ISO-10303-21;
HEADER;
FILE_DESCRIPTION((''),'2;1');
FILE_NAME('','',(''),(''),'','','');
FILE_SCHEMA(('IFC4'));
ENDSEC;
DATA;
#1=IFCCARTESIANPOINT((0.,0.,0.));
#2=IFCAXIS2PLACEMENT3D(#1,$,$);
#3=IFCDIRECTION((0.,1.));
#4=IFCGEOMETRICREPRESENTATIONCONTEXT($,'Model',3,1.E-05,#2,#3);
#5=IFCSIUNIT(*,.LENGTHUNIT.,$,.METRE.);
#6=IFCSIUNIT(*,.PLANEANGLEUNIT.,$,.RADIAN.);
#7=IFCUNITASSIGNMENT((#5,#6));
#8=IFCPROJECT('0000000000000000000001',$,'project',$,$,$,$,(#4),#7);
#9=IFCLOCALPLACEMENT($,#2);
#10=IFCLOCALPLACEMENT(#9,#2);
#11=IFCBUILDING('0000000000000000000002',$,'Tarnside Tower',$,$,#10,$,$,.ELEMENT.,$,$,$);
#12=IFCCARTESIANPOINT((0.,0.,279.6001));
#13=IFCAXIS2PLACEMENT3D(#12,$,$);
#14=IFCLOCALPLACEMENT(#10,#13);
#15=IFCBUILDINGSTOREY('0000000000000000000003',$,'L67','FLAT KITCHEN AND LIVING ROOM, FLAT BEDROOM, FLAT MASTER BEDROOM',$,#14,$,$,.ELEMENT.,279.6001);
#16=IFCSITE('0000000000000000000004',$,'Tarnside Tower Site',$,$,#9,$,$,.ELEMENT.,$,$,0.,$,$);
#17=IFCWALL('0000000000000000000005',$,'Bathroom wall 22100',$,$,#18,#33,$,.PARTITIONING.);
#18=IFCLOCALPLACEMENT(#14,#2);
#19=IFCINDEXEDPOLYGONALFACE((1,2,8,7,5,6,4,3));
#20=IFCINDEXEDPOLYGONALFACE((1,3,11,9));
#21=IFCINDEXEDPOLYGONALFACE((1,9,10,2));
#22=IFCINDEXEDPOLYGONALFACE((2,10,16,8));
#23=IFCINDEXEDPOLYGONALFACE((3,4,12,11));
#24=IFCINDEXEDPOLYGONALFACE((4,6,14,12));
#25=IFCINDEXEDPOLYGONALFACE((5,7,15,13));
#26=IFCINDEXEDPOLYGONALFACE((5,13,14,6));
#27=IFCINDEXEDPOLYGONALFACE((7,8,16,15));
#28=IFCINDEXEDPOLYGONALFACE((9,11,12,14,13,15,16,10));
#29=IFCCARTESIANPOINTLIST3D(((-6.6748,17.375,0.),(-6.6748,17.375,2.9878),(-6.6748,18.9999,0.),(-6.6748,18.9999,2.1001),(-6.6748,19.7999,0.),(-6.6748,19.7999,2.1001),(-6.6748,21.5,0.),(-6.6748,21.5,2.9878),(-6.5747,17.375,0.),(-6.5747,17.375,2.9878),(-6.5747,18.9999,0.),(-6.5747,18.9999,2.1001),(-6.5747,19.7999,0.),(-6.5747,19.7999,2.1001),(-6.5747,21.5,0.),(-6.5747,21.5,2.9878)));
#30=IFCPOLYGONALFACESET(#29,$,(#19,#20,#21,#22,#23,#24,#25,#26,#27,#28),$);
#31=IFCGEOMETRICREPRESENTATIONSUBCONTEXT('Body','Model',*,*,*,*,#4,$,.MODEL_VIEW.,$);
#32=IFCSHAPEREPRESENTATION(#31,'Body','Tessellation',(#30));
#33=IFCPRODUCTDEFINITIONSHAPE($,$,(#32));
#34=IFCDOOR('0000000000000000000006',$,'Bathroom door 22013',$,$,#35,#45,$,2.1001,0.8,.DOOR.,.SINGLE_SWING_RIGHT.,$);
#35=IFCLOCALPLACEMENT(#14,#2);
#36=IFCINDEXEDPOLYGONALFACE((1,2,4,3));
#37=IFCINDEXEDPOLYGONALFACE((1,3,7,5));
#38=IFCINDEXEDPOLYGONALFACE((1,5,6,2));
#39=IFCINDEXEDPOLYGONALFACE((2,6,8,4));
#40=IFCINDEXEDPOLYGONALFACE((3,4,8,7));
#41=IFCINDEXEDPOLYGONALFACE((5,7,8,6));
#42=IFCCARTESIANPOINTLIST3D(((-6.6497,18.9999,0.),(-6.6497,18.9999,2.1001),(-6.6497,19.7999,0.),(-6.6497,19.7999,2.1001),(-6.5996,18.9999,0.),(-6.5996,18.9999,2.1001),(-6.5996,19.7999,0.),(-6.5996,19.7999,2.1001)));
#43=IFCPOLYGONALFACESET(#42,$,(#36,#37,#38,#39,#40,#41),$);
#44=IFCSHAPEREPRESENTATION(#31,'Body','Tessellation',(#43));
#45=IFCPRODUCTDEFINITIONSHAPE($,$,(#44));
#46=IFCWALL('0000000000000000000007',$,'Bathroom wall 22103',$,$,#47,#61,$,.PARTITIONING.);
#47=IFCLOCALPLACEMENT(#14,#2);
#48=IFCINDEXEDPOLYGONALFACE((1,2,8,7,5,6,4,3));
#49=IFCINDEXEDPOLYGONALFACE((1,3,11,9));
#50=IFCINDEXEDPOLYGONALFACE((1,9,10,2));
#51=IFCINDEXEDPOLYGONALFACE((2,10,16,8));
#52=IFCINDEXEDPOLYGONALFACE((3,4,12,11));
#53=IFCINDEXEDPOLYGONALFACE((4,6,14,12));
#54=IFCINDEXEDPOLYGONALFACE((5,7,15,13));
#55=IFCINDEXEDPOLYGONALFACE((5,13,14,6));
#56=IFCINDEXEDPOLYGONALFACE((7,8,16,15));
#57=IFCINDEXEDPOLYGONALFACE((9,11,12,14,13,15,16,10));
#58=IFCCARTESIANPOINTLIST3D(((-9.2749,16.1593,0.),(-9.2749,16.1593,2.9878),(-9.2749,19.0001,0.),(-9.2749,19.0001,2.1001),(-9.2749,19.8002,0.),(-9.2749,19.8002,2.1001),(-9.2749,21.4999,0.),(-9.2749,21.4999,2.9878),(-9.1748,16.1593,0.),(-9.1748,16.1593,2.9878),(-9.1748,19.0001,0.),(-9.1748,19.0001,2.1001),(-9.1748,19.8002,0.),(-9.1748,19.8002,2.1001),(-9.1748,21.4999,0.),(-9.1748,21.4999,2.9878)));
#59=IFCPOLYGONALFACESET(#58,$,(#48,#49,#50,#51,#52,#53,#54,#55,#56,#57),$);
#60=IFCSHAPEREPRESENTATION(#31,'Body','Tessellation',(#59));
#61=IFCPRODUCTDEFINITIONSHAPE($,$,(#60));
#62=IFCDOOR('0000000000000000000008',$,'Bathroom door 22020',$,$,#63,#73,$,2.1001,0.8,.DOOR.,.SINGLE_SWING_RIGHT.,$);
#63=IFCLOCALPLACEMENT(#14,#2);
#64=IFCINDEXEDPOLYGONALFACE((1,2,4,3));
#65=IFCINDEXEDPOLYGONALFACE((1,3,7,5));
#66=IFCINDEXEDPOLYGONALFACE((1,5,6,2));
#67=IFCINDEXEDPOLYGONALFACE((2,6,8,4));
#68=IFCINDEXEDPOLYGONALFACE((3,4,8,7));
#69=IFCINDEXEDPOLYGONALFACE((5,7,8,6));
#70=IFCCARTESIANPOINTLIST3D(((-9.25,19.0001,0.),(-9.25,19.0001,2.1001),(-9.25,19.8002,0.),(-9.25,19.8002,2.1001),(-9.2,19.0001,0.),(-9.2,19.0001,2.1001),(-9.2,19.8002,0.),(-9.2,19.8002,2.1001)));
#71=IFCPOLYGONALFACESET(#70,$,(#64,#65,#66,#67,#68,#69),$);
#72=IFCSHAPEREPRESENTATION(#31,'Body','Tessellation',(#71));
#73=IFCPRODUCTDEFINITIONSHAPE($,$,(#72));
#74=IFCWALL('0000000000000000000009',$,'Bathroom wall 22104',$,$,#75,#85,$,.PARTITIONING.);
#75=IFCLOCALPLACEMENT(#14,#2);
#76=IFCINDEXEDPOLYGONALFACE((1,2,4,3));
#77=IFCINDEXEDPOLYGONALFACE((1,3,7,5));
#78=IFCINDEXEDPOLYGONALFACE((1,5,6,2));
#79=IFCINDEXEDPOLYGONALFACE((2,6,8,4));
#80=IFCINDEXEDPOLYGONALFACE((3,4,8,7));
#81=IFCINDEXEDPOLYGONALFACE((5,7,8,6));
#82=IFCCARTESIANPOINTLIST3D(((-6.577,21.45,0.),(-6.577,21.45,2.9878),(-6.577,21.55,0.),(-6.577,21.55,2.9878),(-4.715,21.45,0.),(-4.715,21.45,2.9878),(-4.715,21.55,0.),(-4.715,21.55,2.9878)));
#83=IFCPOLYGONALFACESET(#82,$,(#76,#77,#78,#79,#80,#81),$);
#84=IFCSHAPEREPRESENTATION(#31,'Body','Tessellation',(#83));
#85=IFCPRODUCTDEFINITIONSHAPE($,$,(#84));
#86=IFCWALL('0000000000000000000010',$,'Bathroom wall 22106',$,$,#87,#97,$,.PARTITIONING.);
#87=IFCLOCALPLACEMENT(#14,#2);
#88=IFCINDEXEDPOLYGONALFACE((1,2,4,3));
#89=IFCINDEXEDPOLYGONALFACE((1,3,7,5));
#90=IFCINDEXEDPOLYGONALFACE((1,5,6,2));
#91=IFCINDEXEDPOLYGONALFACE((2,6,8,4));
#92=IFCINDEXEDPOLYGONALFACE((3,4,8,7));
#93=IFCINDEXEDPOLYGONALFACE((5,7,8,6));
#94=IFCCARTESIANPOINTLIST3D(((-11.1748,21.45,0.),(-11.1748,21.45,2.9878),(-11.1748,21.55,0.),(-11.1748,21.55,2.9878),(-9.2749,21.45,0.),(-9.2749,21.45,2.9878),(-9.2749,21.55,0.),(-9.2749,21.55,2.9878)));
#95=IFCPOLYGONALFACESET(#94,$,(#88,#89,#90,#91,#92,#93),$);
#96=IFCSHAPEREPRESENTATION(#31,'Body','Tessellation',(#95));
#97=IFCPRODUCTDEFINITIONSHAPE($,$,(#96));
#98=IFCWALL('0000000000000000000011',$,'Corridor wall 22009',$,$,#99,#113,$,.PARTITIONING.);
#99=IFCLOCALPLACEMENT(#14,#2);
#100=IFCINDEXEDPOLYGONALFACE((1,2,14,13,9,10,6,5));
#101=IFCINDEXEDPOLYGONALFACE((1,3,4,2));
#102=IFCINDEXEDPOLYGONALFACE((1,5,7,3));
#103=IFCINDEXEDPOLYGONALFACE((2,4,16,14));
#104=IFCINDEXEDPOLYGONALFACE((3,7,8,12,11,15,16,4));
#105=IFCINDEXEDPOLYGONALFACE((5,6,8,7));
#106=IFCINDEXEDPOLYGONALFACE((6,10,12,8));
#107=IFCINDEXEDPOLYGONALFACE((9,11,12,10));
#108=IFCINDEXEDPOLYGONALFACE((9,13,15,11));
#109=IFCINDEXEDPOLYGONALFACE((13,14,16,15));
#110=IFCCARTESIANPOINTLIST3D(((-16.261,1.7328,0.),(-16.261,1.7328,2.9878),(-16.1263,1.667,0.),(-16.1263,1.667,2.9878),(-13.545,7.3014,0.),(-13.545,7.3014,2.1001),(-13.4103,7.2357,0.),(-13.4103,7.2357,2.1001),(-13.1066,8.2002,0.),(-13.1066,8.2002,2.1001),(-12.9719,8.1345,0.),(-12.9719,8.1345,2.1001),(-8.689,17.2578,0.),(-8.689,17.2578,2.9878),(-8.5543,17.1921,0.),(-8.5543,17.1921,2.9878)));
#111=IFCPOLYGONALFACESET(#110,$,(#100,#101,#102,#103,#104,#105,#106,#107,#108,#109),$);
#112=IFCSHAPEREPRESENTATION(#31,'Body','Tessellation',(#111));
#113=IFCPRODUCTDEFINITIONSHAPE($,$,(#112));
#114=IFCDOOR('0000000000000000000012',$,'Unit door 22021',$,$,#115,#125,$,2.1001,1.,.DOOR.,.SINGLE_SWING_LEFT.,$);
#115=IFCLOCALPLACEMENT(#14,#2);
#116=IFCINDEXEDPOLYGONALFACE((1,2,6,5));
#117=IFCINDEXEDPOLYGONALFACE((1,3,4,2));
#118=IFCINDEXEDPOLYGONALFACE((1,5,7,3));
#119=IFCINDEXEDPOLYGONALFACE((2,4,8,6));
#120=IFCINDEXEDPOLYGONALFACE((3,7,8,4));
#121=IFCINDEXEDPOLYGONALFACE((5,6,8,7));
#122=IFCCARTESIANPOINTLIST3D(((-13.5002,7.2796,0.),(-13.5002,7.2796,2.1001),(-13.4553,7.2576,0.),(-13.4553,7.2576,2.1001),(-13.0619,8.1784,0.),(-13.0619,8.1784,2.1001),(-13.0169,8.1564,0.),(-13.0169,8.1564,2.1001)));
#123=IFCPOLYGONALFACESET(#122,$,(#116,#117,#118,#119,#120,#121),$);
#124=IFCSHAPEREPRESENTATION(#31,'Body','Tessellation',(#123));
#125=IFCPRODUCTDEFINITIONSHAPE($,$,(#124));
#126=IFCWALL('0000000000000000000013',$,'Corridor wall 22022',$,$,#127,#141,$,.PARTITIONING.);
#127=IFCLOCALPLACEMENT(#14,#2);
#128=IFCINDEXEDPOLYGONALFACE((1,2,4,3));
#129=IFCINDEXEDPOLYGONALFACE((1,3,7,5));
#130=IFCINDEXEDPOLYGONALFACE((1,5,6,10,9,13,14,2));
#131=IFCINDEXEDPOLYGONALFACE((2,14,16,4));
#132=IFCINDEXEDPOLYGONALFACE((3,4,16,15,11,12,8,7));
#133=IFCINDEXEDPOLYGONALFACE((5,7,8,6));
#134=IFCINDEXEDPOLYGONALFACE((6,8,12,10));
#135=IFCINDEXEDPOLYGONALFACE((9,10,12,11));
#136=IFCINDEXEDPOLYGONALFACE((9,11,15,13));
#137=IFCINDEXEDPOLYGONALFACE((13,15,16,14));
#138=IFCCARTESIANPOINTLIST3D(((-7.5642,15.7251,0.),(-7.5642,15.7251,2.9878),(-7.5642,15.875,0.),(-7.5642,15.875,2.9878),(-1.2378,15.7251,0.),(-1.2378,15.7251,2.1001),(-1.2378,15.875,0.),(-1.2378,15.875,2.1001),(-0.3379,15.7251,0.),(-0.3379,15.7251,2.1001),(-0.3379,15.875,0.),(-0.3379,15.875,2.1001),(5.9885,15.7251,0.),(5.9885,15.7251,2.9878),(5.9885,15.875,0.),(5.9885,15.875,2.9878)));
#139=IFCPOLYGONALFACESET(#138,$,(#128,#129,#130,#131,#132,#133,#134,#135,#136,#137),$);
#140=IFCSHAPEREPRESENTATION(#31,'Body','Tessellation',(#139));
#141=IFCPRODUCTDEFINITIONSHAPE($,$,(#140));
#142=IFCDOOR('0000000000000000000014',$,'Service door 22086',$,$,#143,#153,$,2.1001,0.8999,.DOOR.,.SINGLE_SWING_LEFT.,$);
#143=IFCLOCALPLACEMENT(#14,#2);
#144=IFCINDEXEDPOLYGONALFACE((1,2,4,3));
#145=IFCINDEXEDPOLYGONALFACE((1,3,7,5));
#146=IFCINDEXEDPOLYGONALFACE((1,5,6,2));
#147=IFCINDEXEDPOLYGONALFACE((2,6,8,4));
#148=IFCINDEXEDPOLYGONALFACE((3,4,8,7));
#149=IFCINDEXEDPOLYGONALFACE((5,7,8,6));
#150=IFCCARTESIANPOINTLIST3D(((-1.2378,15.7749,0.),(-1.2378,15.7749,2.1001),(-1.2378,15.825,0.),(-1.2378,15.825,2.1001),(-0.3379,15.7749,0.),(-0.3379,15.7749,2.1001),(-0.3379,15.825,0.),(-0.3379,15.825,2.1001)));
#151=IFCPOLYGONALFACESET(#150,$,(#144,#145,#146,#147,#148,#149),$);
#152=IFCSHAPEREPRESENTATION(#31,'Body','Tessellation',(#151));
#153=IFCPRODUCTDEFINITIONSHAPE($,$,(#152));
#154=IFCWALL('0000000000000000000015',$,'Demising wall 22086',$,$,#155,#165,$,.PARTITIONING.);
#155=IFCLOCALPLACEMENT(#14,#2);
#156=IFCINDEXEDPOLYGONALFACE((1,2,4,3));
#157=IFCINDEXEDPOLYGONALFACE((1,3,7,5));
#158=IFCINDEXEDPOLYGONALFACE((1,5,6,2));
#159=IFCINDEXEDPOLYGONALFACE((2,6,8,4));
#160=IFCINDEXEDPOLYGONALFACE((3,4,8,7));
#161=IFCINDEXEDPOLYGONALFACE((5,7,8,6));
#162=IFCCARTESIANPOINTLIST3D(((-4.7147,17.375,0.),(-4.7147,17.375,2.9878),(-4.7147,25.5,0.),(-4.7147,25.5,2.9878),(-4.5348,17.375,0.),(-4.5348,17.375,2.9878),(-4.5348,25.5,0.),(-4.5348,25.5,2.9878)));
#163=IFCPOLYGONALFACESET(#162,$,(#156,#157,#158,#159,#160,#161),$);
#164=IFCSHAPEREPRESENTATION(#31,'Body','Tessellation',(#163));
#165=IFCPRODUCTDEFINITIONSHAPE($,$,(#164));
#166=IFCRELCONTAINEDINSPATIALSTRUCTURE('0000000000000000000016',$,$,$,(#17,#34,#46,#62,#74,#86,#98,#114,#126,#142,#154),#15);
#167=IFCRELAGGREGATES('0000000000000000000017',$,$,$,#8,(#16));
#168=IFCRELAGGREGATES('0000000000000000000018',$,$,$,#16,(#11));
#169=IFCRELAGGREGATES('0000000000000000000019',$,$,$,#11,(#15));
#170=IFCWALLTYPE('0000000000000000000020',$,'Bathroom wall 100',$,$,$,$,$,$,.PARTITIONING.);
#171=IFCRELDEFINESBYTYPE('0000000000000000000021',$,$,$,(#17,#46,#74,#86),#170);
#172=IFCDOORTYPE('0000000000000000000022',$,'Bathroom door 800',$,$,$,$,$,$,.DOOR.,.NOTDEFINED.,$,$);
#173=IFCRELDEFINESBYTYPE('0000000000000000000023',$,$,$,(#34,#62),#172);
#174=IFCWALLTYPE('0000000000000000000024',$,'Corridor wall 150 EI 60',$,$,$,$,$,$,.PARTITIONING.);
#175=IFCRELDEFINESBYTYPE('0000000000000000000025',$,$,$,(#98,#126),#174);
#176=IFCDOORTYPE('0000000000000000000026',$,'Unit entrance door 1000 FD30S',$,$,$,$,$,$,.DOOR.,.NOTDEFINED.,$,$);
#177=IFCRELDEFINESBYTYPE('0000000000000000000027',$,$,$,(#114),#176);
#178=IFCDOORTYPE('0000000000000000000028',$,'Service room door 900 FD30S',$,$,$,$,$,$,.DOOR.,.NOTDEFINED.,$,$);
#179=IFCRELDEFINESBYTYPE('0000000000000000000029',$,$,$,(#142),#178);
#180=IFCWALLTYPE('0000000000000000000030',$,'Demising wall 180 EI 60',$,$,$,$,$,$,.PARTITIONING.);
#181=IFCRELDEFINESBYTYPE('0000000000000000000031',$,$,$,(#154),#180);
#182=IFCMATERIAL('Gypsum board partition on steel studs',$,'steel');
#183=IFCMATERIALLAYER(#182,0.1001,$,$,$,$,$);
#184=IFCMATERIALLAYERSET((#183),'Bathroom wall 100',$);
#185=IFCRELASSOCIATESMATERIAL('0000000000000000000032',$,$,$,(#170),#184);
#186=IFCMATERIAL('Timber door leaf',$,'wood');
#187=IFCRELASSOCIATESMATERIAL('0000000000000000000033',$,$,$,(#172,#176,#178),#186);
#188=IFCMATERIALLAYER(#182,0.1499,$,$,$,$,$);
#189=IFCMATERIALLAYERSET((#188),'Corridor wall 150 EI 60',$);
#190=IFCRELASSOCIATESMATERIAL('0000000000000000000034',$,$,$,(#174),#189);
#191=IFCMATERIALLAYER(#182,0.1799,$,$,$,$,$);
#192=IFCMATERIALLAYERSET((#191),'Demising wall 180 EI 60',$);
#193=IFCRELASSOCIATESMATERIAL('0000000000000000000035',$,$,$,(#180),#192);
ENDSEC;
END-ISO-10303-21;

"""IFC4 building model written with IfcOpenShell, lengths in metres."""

from ifc_helpers import new_model, si_unit, direction, frame, frame_2d, origin, place, context, subcontext, project, spatial, rectangle, extrude, material, layer, layer_set, type_object, element, fill, save


model = new_model("IFC4")

# Units and contexts
model_context = context("Model", 3, precision=1e-05, world=origin(), true_north=direction((0.0, 1.0)))
body_context = subcontext(model_context, "Body", "Model", "MODEL_VIEW")
ifc_project = project(units=[si_unit("LENGTHUNIT", "METRE"), si_unit("PLANEANGLEUNIT", "RADIAN")], contexts=[model_context])

# Site, building, storey
site_placement = place(None, origin())
site = spatial("IfcSite", under=ifc_project, at=site_placement, Name="Tarnside Tower Site", CompositionType="ELEMENT", RefElevation=0.0)
building_placement = place(site_placement, origin())
building = spatial("IfcBuilding", under=site, at=building_placement, Name="Tarnside Tower", CompositionType="ELEMENT")
storey_placement = place(building_placement, frame((0.0, 0.0, 279.6001)))
storey = spatial("IfcBuildingStorey", under=building, at=storey_placement, Name="L67", Description="FLAT KITCHEN AND LIVING ROOM, FLAT BEDROOM, FLAT MASTER BEDROOM", CompositionType="ELEMENT", Elevation=279.6001)

# Walls, openings, doors
ifc_material_1 = material(Name="Gypsum board partition on steel studs", Category="steel")
ifc_layer_1 = layer(ifc_material_1, 0.1001)
ifc_layer_set_1 = layer_set([ifc_layer_1], Name="Bathroom wall 100")
wall_type_1 = type_object("IfcWallType", Name="Bathroom wall 100", PredefinedType="PARTITIONING", material=ifc_layer_set_1)
wall_1_placement = place(storey_placement, frame((-6.6248, 17.375, 0.0), z_axis=(0.0, 0.0, 1.0), x_axis=(0.0, 1.0, 0.0)))
wall_1 = element("IfcWall", 1, at=wall_1_placement, inside=storey, type_object=wall_type_1, Name="Bathroom wall 22100", PredefinedType="PARTITIONING", context=body_context, shape_type="SweptSolid", body=[
    extrude(rectangle(XDim=4.125, YDim=0.1001, at=frame_2d((2.0625, 0.0))), origin(), (0.0, 0.0, 1.0), 2.9878),
])
opening_1_placement = place(wall_1_placement, frame((1.625, 0.0, 0.0)))
opening_1 = element("IfcOpeningElement", 2, at=opening_1_placement, cuts=wall_1, PredefinedType="OPENING", context=body_context, shape_type="SweptSolid", body=[
    extrude(rectangle(XDim=0.8, YDim=2.1001, at=frame_2d((0.3999, 1.05))), frame((0.0, 0.0601, 0.0), z_axis=(0.0, -1.0, 0.0), x_axis=(1.0, 0.0, 0.0)), (0.0, 0.0, 1.0), 0.1201),
])
ifc_material_2 = material(Name="Timber door leaf", Category="wood")
door_type_1 = type_object("IfcDoorType", Name="Bathroom door 800", OperationType="NOTDEFINED", PredefinedType="DOOR", material=ifc_material_2)
door_1_placement = place(opening_1_placement, origin())
door_1 = element("IfcDoor", 3, at=door_1_placement, inside=storey, type_object=door_type_1, Name="Bathroom door 22013", OperationType="SINGLE_SWING_RIGHT", OverallHeight=2.1001, OverallWidth=0.8, PredefinedType="DOOR", context=body_context, shape_type="SweptSolid", body=[
    extrude(rectangle(XDim=0.8, YDim=2.1001, at=frame_2d((0.3999, 1.05))), frame((0.0, 0.0249, 0.0), z_axis=(0.0, -1.0, 0.0), x_axis=(1.0, 0.0, 0.0)), (0.0, 0.0, 1.0), 0.05),
])
fill(opening_1, door_1)
wall_2_placement = place(storey_placement, frame((-9.2249, 21.5, 0.0), z_axis=(0.0, 0.0, 1.0), x_axis=(0.0, -1.0, 0.0)))
wall_2 = element("IfcWall", 4, at=wall_2_placement, inside=storey, type_object=wall_type_1, Name="Bathroom wall 22103", PredefinedType="PARTITIONING", context=body_context, shape_type="SweptSolid", body=[
    extrude(rectangle(XDim=5.3406, YDim=0.1001, at=frame_2d((2.6704, 0.0))), origin(), (0.0, 0.0, 1.0), 2.9878),
])
opening_2_placement = place(wall_2_placement, frame((1.7, 0.0, 0.0)))
opening_2 = element("IfcOpeningElement", 5, at=opening_2_placement, cuts=wall_2, PredefinedType="OPENING", context=body_context, shape_type="SweptSolid", body=[
    extrude(rectangle(XDim=0.8, YDim=2.1001, at=frame_2d((0.3999, 1.05))), frame((0.0, 0.0601, 0.0), z_axis=(0.0, -1.0, 0.0), x_axis=(1.0, 0.0, 0.0)), (0.0, 0.0, 1.0), 0.1201),
])
door_2_placement = place(opening_2_placement, origin())
door_2 = element("IfcDoor", 6, at=door_2_placement, inside=storey, type_object=door_type_1, Name="Bathroom door 22020", OperationType="SINGLE_SWING_RIGHT", OverallHeight=2.1001, OverallWidth=0.8, PredefinedType="DOOR", context=body_context, shape_type="SweptSolid", body=[
    extrude(rectangle(XDim=0.8, YDim=2.1001, at=frame_2d((0.3999, 1.05))), frame((0.0, 0.0249, 0.0), z_axis=(0.0, -1.0, 0.0), x_axis=(1.0, 0.0, 0.0)), (0.0, 0.0, 1.0), 0.05),
])
fill(opening_2, door_2)

# Walls
wall_3_placement = place(storey_placement, frame((-4.7148, 21.5, 0.0), z_axis=(0.0, 0.0, 1.0), x_axis=(-1.0, 0.0, 0.0)))
element("IfcWall", 7, at=wall_3_placement, inside=storey, type_object=wall_type_1, Name="Bathroom wall 22104", PredefinedType="PARTITIONING", context=body_context, shape_type="SweptSolid", body=[
    extrude(rectangle(XDim=1.8621, YDim=0.1001, at=frame_2d((0.9312, 0.0))), origin(), (0.0, 0.0, 1.0), 2.9878),
])
wall_4_placement = place(storey_placement, frame((-11.1748, 21.5, 0.0), z_axis=(0.0, 0.0, 1.0), x_axis=(1.0, 0.0, 0.0)))
element("IfcWall", 8, at=wall_4_placement, inside=storey, type_object=wall_type_1, Name="Bathroom wall 22106", PredefinedType="PARTITIONING", context=body_context, shape_type="SweptSolid", body=[
    extrude(rectangle(XDim=1.8999, YDim=0.1001, at=frame_2d((0.95, 0.0))), origin(), (0.0, 0.0, 1.0), 2.9878),
])

# Walls, openings, doors
ifc_layer_2 = layer(ifc_material_1, 0.1499)
ifc_layer_set_2 = layer_set([ifc_layer_2], Name="Corridor wall 150 EI 60")
wall_type_2 = type_object("IfcWallType", Name="Corridor wall 150 EI 60", PredefinedType="PARTITIONING", material=ifc_layer_set_2)
wall_5_placement = place(storey_placement, frame((-8.6216, 17.2251, 0.0), z_axis=(0.0, 0.0, 1.0), x_axis=(-0.438367, -0.898796, 0.0)))
wall_5 = element("IfcWall", 9, at=wall_5_placement, inside=storey, type_object=wall_type_2, Name="Corridor wall 22009", PredefinedType="PARTITIONING", context=body_context, shape_type="SweptSolid", body=[
    extrude(rectangle(XDim=17.2732, YDim=0.1499, at=frame_2d((8.6367, 0.0))), origin(), (0.0, 0.0, 1.0), 2.9878),
])
opening_3_placement = place(wall_5_placement, frame((10.0776, 0.0, 0.0)))
opening_3 = element("IfcOpeningElement", 10, at=opening_3_placement, cuts=wall_5, PredefinedType="OPENING", context=body_context, shape_type="SweptSolid", body=[
    extrude(rectangle(XDim=1.0, YDim=2.1001, at=frame_2d((0.5, 1.05))), frame((0.0, 0.085, 0.0), z_axis=(0.0, -1.0, 0.0), x_axis=(1.0, 0.0, 0.0)), (0.0, 0.0, 1.0), 0.1699),
])
door_type_2 = type_object("IfcDoorType", Name="Unit entrance door 1000 FD30S", OperationType="NOTDEFINED", PredefinedType="DOOR", material=ifc_material_2)
door_3_placement = place(opening_3_placement, origin())
door_3 = element("IfcDoor", 11, at=door_3_placement, inside=storey, type_object=door_type_2, Name="Unit door 22021", OperationType="SINGLE_SWING_LEFT", OverallHeight=2.1001, OverallWidth=1.0, PredefinedType="DOOR", context=body_context, shape_type="SweptSolid", body=[
    extrude(rectangle(XDim=1.0, YDim=2.1001, at=frame_2d((0.5, 1.05))), frame((0.0, 0.0249, 0.0), z_axis=(0.0, -1.0, 0.0), x_axis=(1.0, 0.0, 0.0)), (0.0, 0.0, 1.0), 0.05),
])
fill(opening_3, door_3)
wall_6_placement = place(storey_placement, frame((-7.5642, 15.8, 0.0), z_axis=(0.0, 0.0, 1.0), x_axis=(1.0, 0.0, 0.0)))
wall_6 = element("IfcWall", 12, at=wall_6_placement, inside=storey, type_object=wall_type_2, Name="Corridor wall 22022", PredefinedType="PARTITIONING", context=body_context, shape_type="SweptSolid", body=[
    extrude(rectangle(XDim=13.5527, YDim=0.1499, at=frame_2d((6.7764, 0.0))), origin(), (0.0, 0.0, 1.0), 2.9878),
])
opening_4_placement = place(wall_6_placement, frame((6.3264, 0.0, 0.0)))
opening_4 = element("IfcOpeningElement", 13, at=opening_4_placement, cuts=wall_6, PredefinedType="OPENING", context=body_context, shape_type="SweptSolid", body=[
    extrude(rectangle(XDim=0.8999, YDim=2.1001, at=frame_2d((0.45, 1.05))), frame((0.0, 0.085, 0.0), z_axis=(0.0, -1.0, 0.0), x_axis=(1.0, 0.0, 0.0)), (0.0, 0.0, 1.0), 0.1699),
])
door_type_3 = type_object("IfcDoorType", Name="Service room door 900 FD30S", OperationType="NOTDEFINED", PredefinedType="DOOR", material=ifc_material_2)
door_4_placement = place(opening_4_placement, origin())
door_4 = element("IfcDoor", 14, at=door_4_placement, inside=storey, type_object=door_type_3, Name="Service door 22086", OperationType="SINGLE_SWING_LEFT", OverallHeight=2.1001, OverallWidth=0.8999, PredefinedType="DOOR", context=body_context, shape_type="SweptSolid", body=[
    extrude(rectangle(XDim=0.8999, YDim=2.1001, at=frame_2d((0.45, 1.05))), frame((0.0, 0.0249, 0.0), z_axis=(0.0, -1.0, 0.0), x_axis=(1.0, 0.0, 0.0)), (0.0, 0.0, 1.0), 0.05),
])
fill(opening_4, door_4)

# Wall
ifc_layer_3 = layer(ifc_material_1, 0.1799)
ifc_layer_set_3 = layer_set([ifc_layer_3], Name="Demising wall 180 EI 60")
wall_type_3 = type_object("IfcWallType", Name="Demising wall 180 EI 60", PredefinedType="PARTITIONING", material=ifc_layer_set_3)
wall_7_placement = place(storey_placement, frame((-4.6248, 25.5, 0.0), z_axis=(0.0, 0.0, 1.0), x_axis=(0.0, -1.0, 0.0)))
element("IfcWall", 15, at=wall_7_placement, inside=storey, type_object=wall_type_3, Name="Demising wall 22086", PredefinedType="PARTITIONING", context=body_context, shape_type="SweptSolid", body=[
    extrude(rectangle(XDim=8.125, YDim=0.1799, at=frame_2d((4.0625, 0.0))), origin(), (0.0, 0.0, 1.0), 2.9878),
])

save(model, "model.ifc")
